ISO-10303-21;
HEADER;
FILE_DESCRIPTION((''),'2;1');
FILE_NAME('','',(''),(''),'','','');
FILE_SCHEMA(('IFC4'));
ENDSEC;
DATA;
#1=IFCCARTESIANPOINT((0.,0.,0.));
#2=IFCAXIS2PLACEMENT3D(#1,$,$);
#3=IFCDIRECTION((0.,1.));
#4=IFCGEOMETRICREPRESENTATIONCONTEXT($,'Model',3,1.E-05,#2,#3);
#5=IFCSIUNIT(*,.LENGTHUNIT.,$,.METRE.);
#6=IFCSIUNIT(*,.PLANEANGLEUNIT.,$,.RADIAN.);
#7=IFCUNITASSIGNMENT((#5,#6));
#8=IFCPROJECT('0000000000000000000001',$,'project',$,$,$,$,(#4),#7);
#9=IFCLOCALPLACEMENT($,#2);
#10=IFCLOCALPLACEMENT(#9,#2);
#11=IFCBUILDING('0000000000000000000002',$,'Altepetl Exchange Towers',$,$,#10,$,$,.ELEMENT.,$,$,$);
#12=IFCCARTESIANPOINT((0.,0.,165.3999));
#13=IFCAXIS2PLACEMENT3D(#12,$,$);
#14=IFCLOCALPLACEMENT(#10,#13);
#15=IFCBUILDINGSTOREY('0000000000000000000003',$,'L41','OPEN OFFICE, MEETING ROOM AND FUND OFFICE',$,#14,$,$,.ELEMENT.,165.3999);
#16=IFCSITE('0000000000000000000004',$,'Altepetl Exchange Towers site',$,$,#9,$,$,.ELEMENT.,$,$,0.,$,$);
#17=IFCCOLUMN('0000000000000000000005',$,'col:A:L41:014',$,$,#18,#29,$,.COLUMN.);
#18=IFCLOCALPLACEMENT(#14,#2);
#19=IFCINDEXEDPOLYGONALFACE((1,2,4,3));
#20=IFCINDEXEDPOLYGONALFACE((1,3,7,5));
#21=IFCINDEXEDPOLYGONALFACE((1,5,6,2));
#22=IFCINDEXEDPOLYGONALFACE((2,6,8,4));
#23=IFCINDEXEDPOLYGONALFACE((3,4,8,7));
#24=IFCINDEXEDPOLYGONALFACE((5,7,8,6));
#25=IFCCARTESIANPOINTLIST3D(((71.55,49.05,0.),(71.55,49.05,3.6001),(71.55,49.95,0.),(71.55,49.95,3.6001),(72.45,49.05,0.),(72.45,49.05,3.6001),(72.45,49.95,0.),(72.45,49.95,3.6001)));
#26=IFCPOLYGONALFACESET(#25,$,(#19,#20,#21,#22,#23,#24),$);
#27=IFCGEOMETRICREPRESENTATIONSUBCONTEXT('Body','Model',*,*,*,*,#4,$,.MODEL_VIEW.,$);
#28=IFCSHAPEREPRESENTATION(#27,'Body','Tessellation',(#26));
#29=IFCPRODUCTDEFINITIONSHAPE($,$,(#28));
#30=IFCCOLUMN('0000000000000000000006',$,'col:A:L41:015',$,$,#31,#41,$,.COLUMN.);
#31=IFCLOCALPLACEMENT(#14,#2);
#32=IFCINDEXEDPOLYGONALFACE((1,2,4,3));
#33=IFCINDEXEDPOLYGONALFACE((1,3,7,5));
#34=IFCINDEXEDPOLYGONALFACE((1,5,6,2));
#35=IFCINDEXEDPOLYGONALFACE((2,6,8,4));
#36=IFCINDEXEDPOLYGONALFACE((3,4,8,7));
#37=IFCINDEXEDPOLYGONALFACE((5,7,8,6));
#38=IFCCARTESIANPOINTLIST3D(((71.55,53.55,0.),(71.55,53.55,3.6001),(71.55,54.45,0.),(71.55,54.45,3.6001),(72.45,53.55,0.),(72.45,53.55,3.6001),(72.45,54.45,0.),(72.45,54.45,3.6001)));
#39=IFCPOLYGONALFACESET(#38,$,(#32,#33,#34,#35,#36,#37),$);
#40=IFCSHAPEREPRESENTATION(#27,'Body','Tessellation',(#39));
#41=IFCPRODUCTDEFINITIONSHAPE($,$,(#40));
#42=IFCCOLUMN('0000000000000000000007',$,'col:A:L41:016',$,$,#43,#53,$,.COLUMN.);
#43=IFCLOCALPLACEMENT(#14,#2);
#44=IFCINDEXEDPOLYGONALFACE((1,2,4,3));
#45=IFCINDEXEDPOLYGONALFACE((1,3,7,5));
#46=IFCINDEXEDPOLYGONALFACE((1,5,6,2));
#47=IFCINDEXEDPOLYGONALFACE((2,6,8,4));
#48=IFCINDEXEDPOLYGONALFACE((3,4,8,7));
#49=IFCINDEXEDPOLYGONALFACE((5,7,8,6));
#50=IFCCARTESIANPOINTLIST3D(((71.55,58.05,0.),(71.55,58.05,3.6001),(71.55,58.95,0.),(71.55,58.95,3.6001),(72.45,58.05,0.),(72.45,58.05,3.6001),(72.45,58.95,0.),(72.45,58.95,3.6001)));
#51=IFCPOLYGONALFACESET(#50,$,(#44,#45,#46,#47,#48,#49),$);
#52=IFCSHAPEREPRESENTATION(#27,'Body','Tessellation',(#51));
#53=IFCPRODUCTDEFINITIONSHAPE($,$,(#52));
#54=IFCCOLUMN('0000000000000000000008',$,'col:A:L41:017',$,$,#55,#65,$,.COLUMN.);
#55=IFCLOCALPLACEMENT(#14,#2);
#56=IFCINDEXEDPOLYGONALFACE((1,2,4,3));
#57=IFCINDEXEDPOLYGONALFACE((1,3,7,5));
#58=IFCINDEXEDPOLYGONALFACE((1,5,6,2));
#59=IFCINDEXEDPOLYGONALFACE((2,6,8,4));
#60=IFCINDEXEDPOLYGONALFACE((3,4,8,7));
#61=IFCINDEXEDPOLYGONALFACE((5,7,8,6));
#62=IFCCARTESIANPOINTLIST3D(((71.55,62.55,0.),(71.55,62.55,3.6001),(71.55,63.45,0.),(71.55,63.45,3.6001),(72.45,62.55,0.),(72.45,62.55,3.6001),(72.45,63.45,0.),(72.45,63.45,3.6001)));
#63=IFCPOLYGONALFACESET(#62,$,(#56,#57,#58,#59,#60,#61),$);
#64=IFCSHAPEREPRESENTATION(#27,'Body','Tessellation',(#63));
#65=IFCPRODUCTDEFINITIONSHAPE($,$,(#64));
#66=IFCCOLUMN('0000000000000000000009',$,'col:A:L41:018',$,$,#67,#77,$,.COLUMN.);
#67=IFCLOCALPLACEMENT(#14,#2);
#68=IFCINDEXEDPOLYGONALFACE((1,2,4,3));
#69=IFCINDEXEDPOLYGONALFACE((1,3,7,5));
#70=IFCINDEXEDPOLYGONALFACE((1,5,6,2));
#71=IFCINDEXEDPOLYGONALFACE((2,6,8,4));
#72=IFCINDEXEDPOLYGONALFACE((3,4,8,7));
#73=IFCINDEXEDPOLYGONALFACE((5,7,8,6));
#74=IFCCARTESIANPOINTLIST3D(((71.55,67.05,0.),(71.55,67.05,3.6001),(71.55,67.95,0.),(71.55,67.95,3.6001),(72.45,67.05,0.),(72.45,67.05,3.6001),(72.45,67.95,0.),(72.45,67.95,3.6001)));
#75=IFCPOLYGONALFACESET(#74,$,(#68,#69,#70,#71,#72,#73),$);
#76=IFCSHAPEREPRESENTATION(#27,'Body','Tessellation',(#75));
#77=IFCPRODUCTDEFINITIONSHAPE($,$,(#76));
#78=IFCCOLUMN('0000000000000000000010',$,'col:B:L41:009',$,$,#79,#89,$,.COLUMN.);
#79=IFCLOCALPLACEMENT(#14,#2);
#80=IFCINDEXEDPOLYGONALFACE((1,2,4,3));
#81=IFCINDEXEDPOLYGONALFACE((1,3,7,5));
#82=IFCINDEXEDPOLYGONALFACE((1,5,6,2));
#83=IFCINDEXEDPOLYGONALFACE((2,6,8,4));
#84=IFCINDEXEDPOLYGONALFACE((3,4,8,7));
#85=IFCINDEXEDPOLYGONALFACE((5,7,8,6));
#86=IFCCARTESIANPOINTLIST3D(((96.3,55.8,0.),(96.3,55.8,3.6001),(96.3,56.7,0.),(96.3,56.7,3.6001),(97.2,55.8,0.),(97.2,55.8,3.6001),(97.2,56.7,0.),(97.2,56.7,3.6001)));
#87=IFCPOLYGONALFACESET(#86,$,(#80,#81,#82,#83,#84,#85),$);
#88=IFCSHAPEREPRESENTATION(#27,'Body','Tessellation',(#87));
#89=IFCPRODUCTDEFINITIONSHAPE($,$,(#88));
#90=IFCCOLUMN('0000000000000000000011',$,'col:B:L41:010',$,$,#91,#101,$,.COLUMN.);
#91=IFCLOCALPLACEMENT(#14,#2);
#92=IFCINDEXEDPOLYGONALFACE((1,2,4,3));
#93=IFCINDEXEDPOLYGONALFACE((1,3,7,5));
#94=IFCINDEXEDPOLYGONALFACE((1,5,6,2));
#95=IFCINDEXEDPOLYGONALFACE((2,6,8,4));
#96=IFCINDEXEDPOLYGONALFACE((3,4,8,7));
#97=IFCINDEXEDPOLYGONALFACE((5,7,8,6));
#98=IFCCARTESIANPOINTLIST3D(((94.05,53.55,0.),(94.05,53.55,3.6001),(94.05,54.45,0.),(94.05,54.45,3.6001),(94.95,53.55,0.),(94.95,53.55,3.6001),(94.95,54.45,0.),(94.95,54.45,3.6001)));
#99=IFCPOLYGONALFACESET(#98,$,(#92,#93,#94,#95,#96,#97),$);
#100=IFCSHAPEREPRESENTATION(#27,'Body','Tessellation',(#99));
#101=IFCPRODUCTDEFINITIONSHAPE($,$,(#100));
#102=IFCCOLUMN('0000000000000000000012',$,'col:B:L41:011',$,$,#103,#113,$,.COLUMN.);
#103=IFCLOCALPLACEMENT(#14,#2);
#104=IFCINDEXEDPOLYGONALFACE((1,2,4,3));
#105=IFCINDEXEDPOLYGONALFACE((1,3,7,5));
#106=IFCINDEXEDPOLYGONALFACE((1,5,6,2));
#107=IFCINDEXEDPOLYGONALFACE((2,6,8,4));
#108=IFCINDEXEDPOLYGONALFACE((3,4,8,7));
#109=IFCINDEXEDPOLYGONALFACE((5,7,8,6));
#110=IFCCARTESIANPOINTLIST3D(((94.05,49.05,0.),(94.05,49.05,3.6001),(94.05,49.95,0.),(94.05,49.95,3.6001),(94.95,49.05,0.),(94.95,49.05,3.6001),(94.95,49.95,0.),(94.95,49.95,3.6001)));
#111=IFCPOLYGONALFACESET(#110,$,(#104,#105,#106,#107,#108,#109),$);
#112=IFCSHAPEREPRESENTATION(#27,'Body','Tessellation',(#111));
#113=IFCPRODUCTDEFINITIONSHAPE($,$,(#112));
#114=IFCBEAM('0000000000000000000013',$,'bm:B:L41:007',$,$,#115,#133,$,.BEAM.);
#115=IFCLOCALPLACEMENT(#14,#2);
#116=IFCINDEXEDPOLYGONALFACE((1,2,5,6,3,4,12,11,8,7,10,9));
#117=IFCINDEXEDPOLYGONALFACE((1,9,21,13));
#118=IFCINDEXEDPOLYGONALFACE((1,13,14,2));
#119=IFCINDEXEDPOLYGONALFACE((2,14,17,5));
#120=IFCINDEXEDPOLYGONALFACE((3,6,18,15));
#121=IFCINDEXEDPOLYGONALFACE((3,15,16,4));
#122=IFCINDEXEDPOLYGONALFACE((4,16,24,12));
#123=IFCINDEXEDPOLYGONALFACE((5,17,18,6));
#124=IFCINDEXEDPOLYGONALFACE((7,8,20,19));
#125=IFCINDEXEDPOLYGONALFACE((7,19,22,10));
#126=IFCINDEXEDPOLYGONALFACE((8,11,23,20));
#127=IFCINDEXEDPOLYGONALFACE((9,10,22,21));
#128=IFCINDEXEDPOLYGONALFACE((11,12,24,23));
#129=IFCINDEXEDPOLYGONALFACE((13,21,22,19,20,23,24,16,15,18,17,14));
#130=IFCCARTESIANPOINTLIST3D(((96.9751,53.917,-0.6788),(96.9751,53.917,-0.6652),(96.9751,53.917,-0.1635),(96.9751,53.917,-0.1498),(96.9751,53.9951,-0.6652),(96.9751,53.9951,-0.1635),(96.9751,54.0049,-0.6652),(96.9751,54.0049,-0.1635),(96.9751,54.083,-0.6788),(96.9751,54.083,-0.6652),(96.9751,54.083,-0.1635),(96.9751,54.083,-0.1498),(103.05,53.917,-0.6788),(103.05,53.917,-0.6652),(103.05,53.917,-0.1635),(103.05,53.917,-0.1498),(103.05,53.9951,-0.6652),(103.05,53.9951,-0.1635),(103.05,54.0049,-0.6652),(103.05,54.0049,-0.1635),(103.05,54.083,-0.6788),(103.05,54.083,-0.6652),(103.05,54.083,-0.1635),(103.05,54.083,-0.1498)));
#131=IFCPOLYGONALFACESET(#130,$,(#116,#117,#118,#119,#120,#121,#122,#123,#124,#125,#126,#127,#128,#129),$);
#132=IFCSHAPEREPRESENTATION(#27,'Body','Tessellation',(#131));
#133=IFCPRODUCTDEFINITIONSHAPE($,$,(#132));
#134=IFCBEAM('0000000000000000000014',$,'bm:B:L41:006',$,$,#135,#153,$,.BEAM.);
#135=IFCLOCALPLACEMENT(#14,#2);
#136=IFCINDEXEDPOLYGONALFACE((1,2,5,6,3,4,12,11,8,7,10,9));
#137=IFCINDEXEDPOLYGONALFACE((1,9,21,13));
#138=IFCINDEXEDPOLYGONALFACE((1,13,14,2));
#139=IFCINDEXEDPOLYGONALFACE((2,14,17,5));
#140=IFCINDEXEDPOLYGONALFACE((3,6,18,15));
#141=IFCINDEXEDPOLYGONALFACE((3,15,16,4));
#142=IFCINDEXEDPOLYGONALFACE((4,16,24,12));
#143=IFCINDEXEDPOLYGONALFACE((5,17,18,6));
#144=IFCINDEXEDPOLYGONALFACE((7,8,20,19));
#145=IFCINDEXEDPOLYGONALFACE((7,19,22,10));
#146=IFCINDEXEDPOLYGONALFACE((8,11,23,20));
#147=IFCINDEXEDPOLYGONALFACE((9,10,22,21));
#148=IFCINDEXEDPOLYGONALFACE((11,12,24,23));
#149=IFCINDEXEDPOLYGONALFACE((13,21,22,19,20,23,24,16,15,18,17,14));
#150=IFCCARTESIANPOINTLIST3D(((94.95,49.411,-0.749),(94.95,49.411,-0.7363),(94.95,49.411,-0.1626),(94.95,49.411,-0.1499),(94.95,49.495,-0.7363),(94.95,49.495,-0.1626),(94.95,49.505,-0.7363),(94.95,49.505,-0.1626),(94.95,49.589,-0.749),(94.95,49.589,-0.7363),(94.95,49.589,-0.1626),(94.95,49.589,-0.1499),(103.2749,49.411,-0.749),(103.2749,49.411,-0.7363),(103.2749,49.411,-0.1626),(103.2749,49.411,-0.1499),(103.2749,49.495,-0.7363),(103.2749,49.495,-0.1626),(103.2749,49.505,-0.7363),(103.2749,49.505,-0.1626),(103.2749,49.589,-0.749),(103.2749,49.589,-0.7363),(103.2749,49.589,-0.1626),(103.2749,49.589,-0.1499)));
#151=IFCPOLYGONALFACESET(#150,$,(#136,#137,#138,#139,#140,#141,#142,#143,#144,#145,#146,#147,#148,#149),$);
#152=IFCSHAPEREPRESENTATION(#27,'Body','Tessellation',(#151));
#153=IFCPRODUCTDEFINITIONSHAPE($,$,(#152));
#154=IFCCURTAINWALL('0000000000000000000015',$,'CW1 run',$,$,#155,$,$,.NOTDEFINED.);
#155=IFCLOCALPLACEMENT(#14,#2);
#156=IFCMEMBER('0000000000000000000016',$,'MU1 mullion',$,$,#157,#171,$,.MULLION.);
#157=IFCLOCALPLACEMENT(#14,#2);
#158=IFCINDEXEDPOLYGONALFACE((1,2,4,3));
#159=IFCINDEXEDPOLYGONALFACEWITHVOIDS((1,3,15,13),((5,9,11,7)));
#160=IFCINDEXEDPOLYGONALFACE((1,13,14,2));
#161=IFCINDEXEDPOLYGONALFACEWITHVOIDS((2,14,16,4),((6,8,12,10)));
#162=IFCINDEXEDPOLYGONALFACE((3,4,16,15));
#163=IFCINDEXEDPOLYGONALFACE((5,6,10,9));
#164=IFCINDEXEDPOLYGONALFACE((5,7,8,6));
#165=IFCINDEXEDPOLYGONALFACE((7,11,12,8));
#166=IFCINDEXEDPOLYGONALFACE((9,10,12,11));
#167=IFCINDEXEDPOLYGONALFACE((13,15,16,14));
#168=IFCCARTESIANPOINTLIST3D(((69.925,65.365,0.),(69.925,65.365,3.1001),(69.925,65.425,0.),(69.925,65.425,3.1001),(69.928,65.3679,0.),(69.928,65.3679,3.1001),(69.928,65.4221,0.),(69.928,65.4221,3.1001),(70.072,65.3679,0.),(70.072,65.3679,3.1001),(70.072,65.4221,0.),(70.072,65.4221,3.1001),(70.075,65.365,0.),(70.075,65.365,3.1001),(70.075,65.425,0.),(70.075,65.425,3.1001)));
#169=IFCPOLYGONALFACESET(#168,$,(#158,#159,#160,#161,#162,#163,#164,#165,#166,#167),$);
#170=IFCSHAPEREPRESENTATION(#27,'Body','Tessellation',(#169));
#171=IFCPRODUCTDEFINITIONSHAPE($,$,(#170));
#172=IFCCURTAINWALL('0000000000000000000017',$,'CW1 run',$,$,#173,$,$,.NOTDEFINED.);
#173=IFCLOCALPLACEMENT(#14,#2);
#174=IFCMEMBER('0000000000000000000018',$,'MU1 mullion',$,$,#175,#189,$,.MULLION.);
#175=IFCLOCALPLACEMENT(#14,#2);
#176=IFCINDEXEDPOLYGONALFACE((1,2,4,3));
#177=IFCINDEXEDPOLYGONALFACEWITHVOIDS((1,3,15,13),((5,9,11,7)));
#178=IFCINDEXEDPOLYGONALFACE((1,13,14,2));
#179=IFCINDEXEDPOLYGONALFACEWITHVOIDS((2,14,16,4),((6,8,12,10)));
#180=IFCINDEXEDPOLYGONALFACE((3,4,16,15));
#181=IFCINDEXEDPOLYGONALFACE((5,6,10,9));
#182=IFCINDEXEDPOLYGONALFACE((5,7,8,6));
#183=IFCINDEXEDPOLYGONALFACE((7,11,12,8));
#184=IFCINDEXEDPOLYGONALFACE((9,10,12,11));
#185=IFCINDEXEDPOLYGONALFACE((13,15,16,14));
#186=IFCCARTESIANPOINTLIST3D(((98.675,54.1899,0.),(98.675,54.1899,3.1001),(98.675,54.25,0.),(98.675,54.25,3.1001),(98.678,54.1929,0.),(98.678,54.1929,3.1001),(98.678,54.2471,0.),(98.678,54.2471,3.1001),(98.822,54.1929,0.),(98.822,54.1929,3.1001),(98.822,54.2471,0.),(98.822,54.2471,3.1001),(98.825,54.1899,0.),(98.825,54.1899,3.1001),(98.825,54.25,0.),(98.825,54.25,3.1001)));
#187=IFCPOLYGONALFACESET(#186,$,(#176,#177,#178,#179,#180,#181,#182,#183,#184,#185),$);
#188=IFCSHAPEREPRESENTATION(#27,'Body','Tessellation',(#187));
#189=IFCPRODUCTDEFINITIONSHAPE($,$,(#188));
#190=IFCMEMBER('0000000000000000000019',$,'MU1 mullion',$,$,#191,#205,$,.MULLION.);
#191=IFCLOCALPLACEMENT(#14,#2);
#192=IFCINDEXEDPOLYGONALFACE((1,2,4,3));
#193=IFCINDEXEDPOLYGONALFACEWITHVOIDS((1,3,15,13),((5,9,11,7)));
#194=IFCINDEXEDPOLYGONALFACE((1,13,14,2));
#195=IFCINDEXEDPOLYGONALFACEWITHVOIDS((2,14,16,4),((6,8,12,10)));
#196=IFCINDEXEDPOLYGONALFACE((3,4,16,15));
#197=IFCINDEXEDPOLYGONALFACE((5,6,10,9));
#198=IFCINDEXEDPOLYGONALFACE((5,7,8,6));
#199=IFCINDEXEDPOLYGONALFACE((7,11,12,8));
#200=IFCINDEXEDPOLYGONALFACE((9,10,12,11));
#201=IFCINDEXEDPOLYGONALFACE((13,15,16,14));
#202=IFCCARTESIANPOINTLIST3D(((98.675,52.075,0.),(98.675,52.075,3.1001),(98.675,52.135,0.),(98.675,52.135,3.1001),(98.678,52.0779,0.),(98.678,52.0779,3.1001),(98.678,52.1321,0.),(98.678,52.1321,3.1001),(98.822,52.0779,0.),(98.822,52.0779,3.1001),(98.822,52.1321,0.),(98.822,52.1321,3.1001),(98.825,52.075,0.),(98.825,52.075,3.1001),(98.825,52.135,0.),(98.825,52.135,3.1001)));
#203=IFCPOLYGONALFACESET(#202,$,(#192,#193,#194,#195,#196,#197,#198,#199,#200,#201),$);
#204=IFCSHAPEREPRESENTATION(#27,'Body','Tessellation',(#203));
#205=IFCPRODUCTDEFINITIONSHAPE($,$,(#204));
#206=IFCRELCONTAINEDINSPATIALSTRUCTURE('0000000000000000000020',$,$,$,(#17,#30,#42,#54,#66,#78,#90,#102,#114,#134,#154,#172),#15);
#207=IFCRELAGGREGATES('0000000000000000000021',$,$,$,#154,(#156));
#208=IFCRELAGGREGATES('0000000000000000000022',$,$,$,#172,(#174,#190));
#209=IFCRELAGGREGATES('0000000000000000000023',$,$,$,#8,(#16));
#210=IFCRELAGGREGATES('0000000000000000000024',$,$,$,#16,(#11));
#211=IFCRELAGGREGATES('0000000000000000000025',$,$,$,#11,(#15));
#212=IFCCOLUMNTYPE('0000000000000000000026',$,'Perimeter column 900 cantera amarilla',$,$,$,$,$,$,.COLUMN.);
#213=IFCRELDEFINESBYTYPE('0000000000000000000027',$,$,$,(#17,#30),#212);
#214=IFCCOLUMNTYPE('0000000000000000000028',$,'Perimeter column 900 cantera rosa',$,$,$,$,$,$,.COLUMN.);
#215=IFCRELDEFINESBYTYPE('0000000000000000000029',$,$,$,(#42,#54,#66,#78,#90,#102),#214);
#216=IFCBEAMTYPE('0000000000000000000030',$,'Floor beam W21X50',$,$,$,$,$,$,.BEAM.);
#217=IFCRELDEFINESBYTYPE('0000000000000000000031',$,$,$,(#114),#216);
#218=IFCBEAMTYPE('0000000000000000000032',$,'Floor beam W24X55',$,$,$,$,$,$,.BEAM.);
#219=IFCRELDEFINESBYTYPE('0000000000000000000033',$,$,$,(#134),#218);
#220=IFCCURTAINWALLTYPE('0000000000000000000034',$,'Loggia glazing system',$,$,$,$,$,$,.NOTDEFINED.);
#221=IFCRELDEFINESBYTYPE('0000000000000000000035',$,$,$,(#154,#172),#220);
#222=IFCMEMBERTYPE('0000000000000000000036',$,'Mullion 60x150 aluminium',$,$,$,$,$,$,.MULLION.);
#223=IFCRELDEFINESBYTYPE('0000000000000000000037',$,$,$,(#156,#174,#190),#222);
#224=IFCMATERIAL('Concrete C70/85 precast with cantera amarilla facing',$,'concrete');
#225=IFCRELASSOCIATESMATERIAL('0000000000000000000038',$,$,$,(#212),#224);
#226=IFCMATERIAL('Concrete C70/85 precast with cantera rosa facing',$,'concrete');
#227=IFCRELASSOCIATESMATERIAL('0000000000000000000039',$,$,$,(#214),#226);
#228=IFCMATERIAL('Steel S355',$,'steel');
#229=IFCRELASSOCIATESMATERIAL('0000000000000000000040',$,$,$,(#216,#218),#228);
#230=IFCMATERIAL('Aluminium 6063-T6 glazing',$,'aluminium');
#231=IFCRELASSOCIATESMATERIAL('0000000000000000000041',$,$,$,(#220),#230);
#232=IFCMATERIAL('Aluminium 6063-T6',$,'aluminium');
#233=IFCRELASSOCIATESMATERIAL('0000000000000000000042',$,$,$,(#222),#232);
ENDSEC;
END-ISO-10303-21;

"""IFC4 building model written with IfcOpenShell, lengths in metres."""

from ifc_helpers import new_model, si_unit, direction, frame, origin, origin_2d, place, context, subcontext, project, spatial, rectangle, hollow_rectangle, i_section, extrude, material, material_profile, profile_set, type_object, element, aggregate, save


model = new_model("IFC4")

# Units and contexts
model_context = context("Model", 3, precision=1e-05, world=origin(), true_north=direction((0.0, 1.0)))
body_context = subcontext(model_context, "Body", "Model", "MODEL_VIEW")
ifc_project = project(units=[si_unit("LENGTHUNIT", "METRE"), si_unit("PLANEANGLEUNIT", "RADIAN")], contexts=[model_context])

# Site, building, storey
site_placement = place(None, origin())
site = spatial("IfcSite", under=ifc_project, at=site_placement, Name="Altepetl Exchange Towers site", CompositionType="ELEMENT", RefElevation=0.0)
building_placement = place(site_placement, origin())
building = spatial("IfcBuilding", under=site, at=building_placement, Name="Altepetl Exchange Towers", CompositionType="ELEMENT")
storey_placement = place(building_placement, frame((0.0, 0.0, 165.3999)))
storey = spatial("IfcBuildingStorey", under=building, at=storey_placement, Name="L41", Description="OPEN OFFICE, MEETING ROOM AND FUND OFFICE", CompositionType="ELEMENT", Elevation=165.3999)

# Columns
ifc_material_1 = material(Name="Concrete C70/85 precast with cantera amarilla facing", Category="concrete")
ifc_material_profile_1 = material_profile(ifc_material_1, rectangle(XDim=0.8999, YDim=0.8999, at=origin_2d()), Name="900 x 900")
ifc_profile_set_1 = profile_set([ifc_material_profile_1], Name="Concrete C70/85 precast with cantera amarilla facing")
column_type_1 = type_object("IfcColumnType", Name="Perimeter column 900 cantera amarilla", PredefinedType="COLUMN", material=ifc_profile_set_1)
for number, where, name in (
    (1, (72.0, 49.5, 0.0), "col:A:L41:014"),
    (2, (72.0, 54.0, 0.0), "col:A:L41:015"),
):
    element("IfcColumn", number, at=place(storey_placement, frame(where)), inside=storey, type_object=column_type_1, Name=name, PredefinedType="COLUMN", context=body_context, shape_type="SweptSolid", body=[
        extrude(rectangle(XDim=0.8999, YDim=0.8999, at=origin_2d()), origin(), (0.0, 0.0, 1.0), 3.6001),
    ])
ifc_material_2 = material(Name="Concrete C70/85 precast with cantera rosa facing", Category="concrete")
ifc_material_profile_2 = material_profile(ifc_material_2, rectangle(XDim=0.8999, YDim=0.8999, at=origin_2d()), Name="900 x 900")
ifc_profile_set_2 = profile_set([ifc_material_profile_2], Name="Concrete C70/85 precast with cantera rosa facing")
column_type_2 = type_object("IfcColumnType", Name="Perimeter column 900 cantera rosa", PredefinedType="COLUMN", material=ifc_profile_set_2)
for number, where, name in (
    (3, (72.0, 58.5, 0.0), "col:A:L41:016"),
    (4, (72.0, 63.0, 0.0), "col:A:L41:017"),
    (5, (72.0, 67.5, 0.0), "col:A:L41:018"),
    (6, (96.75, 56.25, 0.0), "col:B:L41:009"),
    (7, (94.5, 54.0, 0.0), "col:B:L41:010"),
    (8, (94.5, 49.5, 0.0), "col:B:L41:011"),
):
    element("IfcColumn", number, at=place(storey_placement, frame(where)), inside=storey, type_object=column_type_2, Name=name, PredefinedType="COLUMN", context=body_context, shape_type="SweptSolid", body=[
        extrude(rectangle(XDim=0.8999, YDim=0.8999, at=origin_2d()), origin(), (0.0, 0.0, 1.0), 3.6001),
    ])

# Beams
ifc_material_3 = material(Name="Steel S355", Category="steel")
ifc_material_profile_3 = material_profile(ifc_material_3, i_section(OverallWidth=0.166, OverallDepth=0.5291, WebThickness=0.0098, FlangeThickness=0.0137, at=origin_2d()), Name="W21X50")
ifc_profile_set_3 = profile_set([ifc_material_profile_3], Name="Steel S355")
beam_type_1 = type_object("IfcBeamType", Name="Floor beam W21X50", PredefinedType="BEAM", material=ifc_profile_set_3)
beam_1_placement = place(storey_placement, frame((96.9751, 54.0, -0.4143), z_axis=(1.0, 0.0, 0.0), x_axis=(0.0, 1.0, 0.0)))
element("IfcBeam", 9, at=beam_1_placement, inside=storey, type_object=beam_type_1, Name="bm:B:L41:007", PredefinedType="BEAM", context=body_context, shape_type="SweptSolid", body=[
    extrude(i_section(OverallWidth=0.166, OverallDepth=0.5291, WebThickness=0.0098, FlangeThickness=0.0137, at=origin_2d()), origin(), (0.0, 0.0, 1.0), 6.075),
])
ifc_material_profile_4 = material_profile(ifc_material_3, i_section(OverallWidth=0.178, OverallDepth=0.5991, WebThickness=0.01, FlangeThickness=0.0127, at=origin_2d()), Name="W24X55")
ifc_profile_set_4 = profile_set([ifc_material_profile_4], Name="Steel S355")
beam_type_2 = type_object("IfcBeamType", Name="Floor beam W24X55", PredefinedType="BEAM", material=ifc_profile_set_4)
beam_2_placement = place(storey_placement, frame((94.95, 49.5, -0.4495), z_axis=(1.0, 0.0, 0.0), x_axis=(0.0, 1.0, 0.0)))
element("IfcBeam", 10, at=beam_2_placement, inside=storey, type_object=beam_type_2, Name="bm:B:L41:006", PredefinedType="BEAM", context=body_context, shape_type="SweptSolid", body=[
    extrude(i_section(OverallWidth=0.178, OverallDepth=0.5991, WebThickness=0.01, FlangeThickness=0.0127, at=origin_2d()), origin(), (0.0, 0.0, 1.0), 8.325),
])

# Curtain wall, member
ifc_material_4 = material(Name="Aluminium 6063-T6 glazing", Category="aluminium")
curtain_wall_type = type_object("IfcCurtainWallType", Name="Loggia glazing system", PredefinedType="NOTDEFINED", material=ifc_material_4)
curtain_wall_1_placement = place(storey_placement, origin())
curtain_wall_1 = element("IfcCurtainWall", 11, at=curtain_wall_1_placement, inside=storey, type_object=curtain_wall_type, Name="CW1 run", PredefinedType="NOTDEFINED")
ifc_material_5 = material(Name="Aluminium 6063-T6", Category="aluminium")
ifc_material_profile_5 = material_profile(ifc_material_5, hollow_rectangle(XDim=0.0601, YDim=0.1499, WallThickness=0.0029, at=origin_2d()), Name="Mullion 60x150 aluminium")
ifc_profile_set_5 = profile_set([ifc_material_profile_5], Name="Aluminium 6063-T6")
member_type = type_object("IfcMemberType", Name="Mullion 60x150 aluminium", PredefinedType="MULLION", material=ifc_profile_set_5)
member_1_placement = place(storey_placement, frame((70.0, 65.395, 0.0), z_axis=(0.0, 0.0, 1.0), x_axis=(0.0, 1.0, 0.0)))
member_1 = element("IfcMember", 12, at=member_1_placement, type_object=member_type, Name="MU1 mullion", PredefinedType="MULLION", context=body_context, shape_type="SweptSolid", body=[
    extrude(hollow_rectangle(XDim=0.0601, YDim=0.1499, WallThickness=0.0029, at=origin_2d()), origin(), (0.0, 0.0, 1.0), 3.1001),
])
aggregate(curtain_wall_1, [member_1])

# Curtain wall, members
curtain_wall_2_placement = place(storey_placement, origin())
curtain_wall_2 = element("IfcCurtainWall", 13, at=curtain_wall_2_placement, inside=storey, type_object=curtain_wall_type, Name="CW1 run", PredefinedType="NOTDEFINED")
member_2_placement = place(storey_placement, frame((98.75, 54.22, 0.0), z_axis=(0.0, 0.0, 1.0), x_axis=(0.0, -1.0, 0.0)))
member_2 = element("IfcMember", 14, at=member_2_placement, type_object=member_type, Name="MU1 mullion", PredefinedType="MULLION", context=body_context, shape_type="SweptSolid", body=[
    extrude(hollow_rectangle(XDim=0.0601, YDim=0.1499, WallThickness=0.0029, at=origin_2d()), origin(), (0.0, 0.0, 1.0), 3.1001),
])
member_3_placement = place(storey_placement, frame((98.75, 52.105, 0.0), z_axis=(0.0, 0.0, 1.0), x_axis=(0.0, -1.0, 0.0)))
member_3 = element("IfcMember", 15, at=member_3_placement, type_object=member_type, Name="MU1 mullion", PredefinedType="MULLION", context=body_context, shape_type="SweptSolid", body=[
    extrude(hollow_rectangle(XDim=0.0601, YDim=0.1499, WallThickness=0.0029, at=origin_2d()), origin(), (0.0, 0.0, 1.0), 3.1001),
])
aggregate(curtain_wall_2, [member_2, member_3])

save(model, "model.ifc")
